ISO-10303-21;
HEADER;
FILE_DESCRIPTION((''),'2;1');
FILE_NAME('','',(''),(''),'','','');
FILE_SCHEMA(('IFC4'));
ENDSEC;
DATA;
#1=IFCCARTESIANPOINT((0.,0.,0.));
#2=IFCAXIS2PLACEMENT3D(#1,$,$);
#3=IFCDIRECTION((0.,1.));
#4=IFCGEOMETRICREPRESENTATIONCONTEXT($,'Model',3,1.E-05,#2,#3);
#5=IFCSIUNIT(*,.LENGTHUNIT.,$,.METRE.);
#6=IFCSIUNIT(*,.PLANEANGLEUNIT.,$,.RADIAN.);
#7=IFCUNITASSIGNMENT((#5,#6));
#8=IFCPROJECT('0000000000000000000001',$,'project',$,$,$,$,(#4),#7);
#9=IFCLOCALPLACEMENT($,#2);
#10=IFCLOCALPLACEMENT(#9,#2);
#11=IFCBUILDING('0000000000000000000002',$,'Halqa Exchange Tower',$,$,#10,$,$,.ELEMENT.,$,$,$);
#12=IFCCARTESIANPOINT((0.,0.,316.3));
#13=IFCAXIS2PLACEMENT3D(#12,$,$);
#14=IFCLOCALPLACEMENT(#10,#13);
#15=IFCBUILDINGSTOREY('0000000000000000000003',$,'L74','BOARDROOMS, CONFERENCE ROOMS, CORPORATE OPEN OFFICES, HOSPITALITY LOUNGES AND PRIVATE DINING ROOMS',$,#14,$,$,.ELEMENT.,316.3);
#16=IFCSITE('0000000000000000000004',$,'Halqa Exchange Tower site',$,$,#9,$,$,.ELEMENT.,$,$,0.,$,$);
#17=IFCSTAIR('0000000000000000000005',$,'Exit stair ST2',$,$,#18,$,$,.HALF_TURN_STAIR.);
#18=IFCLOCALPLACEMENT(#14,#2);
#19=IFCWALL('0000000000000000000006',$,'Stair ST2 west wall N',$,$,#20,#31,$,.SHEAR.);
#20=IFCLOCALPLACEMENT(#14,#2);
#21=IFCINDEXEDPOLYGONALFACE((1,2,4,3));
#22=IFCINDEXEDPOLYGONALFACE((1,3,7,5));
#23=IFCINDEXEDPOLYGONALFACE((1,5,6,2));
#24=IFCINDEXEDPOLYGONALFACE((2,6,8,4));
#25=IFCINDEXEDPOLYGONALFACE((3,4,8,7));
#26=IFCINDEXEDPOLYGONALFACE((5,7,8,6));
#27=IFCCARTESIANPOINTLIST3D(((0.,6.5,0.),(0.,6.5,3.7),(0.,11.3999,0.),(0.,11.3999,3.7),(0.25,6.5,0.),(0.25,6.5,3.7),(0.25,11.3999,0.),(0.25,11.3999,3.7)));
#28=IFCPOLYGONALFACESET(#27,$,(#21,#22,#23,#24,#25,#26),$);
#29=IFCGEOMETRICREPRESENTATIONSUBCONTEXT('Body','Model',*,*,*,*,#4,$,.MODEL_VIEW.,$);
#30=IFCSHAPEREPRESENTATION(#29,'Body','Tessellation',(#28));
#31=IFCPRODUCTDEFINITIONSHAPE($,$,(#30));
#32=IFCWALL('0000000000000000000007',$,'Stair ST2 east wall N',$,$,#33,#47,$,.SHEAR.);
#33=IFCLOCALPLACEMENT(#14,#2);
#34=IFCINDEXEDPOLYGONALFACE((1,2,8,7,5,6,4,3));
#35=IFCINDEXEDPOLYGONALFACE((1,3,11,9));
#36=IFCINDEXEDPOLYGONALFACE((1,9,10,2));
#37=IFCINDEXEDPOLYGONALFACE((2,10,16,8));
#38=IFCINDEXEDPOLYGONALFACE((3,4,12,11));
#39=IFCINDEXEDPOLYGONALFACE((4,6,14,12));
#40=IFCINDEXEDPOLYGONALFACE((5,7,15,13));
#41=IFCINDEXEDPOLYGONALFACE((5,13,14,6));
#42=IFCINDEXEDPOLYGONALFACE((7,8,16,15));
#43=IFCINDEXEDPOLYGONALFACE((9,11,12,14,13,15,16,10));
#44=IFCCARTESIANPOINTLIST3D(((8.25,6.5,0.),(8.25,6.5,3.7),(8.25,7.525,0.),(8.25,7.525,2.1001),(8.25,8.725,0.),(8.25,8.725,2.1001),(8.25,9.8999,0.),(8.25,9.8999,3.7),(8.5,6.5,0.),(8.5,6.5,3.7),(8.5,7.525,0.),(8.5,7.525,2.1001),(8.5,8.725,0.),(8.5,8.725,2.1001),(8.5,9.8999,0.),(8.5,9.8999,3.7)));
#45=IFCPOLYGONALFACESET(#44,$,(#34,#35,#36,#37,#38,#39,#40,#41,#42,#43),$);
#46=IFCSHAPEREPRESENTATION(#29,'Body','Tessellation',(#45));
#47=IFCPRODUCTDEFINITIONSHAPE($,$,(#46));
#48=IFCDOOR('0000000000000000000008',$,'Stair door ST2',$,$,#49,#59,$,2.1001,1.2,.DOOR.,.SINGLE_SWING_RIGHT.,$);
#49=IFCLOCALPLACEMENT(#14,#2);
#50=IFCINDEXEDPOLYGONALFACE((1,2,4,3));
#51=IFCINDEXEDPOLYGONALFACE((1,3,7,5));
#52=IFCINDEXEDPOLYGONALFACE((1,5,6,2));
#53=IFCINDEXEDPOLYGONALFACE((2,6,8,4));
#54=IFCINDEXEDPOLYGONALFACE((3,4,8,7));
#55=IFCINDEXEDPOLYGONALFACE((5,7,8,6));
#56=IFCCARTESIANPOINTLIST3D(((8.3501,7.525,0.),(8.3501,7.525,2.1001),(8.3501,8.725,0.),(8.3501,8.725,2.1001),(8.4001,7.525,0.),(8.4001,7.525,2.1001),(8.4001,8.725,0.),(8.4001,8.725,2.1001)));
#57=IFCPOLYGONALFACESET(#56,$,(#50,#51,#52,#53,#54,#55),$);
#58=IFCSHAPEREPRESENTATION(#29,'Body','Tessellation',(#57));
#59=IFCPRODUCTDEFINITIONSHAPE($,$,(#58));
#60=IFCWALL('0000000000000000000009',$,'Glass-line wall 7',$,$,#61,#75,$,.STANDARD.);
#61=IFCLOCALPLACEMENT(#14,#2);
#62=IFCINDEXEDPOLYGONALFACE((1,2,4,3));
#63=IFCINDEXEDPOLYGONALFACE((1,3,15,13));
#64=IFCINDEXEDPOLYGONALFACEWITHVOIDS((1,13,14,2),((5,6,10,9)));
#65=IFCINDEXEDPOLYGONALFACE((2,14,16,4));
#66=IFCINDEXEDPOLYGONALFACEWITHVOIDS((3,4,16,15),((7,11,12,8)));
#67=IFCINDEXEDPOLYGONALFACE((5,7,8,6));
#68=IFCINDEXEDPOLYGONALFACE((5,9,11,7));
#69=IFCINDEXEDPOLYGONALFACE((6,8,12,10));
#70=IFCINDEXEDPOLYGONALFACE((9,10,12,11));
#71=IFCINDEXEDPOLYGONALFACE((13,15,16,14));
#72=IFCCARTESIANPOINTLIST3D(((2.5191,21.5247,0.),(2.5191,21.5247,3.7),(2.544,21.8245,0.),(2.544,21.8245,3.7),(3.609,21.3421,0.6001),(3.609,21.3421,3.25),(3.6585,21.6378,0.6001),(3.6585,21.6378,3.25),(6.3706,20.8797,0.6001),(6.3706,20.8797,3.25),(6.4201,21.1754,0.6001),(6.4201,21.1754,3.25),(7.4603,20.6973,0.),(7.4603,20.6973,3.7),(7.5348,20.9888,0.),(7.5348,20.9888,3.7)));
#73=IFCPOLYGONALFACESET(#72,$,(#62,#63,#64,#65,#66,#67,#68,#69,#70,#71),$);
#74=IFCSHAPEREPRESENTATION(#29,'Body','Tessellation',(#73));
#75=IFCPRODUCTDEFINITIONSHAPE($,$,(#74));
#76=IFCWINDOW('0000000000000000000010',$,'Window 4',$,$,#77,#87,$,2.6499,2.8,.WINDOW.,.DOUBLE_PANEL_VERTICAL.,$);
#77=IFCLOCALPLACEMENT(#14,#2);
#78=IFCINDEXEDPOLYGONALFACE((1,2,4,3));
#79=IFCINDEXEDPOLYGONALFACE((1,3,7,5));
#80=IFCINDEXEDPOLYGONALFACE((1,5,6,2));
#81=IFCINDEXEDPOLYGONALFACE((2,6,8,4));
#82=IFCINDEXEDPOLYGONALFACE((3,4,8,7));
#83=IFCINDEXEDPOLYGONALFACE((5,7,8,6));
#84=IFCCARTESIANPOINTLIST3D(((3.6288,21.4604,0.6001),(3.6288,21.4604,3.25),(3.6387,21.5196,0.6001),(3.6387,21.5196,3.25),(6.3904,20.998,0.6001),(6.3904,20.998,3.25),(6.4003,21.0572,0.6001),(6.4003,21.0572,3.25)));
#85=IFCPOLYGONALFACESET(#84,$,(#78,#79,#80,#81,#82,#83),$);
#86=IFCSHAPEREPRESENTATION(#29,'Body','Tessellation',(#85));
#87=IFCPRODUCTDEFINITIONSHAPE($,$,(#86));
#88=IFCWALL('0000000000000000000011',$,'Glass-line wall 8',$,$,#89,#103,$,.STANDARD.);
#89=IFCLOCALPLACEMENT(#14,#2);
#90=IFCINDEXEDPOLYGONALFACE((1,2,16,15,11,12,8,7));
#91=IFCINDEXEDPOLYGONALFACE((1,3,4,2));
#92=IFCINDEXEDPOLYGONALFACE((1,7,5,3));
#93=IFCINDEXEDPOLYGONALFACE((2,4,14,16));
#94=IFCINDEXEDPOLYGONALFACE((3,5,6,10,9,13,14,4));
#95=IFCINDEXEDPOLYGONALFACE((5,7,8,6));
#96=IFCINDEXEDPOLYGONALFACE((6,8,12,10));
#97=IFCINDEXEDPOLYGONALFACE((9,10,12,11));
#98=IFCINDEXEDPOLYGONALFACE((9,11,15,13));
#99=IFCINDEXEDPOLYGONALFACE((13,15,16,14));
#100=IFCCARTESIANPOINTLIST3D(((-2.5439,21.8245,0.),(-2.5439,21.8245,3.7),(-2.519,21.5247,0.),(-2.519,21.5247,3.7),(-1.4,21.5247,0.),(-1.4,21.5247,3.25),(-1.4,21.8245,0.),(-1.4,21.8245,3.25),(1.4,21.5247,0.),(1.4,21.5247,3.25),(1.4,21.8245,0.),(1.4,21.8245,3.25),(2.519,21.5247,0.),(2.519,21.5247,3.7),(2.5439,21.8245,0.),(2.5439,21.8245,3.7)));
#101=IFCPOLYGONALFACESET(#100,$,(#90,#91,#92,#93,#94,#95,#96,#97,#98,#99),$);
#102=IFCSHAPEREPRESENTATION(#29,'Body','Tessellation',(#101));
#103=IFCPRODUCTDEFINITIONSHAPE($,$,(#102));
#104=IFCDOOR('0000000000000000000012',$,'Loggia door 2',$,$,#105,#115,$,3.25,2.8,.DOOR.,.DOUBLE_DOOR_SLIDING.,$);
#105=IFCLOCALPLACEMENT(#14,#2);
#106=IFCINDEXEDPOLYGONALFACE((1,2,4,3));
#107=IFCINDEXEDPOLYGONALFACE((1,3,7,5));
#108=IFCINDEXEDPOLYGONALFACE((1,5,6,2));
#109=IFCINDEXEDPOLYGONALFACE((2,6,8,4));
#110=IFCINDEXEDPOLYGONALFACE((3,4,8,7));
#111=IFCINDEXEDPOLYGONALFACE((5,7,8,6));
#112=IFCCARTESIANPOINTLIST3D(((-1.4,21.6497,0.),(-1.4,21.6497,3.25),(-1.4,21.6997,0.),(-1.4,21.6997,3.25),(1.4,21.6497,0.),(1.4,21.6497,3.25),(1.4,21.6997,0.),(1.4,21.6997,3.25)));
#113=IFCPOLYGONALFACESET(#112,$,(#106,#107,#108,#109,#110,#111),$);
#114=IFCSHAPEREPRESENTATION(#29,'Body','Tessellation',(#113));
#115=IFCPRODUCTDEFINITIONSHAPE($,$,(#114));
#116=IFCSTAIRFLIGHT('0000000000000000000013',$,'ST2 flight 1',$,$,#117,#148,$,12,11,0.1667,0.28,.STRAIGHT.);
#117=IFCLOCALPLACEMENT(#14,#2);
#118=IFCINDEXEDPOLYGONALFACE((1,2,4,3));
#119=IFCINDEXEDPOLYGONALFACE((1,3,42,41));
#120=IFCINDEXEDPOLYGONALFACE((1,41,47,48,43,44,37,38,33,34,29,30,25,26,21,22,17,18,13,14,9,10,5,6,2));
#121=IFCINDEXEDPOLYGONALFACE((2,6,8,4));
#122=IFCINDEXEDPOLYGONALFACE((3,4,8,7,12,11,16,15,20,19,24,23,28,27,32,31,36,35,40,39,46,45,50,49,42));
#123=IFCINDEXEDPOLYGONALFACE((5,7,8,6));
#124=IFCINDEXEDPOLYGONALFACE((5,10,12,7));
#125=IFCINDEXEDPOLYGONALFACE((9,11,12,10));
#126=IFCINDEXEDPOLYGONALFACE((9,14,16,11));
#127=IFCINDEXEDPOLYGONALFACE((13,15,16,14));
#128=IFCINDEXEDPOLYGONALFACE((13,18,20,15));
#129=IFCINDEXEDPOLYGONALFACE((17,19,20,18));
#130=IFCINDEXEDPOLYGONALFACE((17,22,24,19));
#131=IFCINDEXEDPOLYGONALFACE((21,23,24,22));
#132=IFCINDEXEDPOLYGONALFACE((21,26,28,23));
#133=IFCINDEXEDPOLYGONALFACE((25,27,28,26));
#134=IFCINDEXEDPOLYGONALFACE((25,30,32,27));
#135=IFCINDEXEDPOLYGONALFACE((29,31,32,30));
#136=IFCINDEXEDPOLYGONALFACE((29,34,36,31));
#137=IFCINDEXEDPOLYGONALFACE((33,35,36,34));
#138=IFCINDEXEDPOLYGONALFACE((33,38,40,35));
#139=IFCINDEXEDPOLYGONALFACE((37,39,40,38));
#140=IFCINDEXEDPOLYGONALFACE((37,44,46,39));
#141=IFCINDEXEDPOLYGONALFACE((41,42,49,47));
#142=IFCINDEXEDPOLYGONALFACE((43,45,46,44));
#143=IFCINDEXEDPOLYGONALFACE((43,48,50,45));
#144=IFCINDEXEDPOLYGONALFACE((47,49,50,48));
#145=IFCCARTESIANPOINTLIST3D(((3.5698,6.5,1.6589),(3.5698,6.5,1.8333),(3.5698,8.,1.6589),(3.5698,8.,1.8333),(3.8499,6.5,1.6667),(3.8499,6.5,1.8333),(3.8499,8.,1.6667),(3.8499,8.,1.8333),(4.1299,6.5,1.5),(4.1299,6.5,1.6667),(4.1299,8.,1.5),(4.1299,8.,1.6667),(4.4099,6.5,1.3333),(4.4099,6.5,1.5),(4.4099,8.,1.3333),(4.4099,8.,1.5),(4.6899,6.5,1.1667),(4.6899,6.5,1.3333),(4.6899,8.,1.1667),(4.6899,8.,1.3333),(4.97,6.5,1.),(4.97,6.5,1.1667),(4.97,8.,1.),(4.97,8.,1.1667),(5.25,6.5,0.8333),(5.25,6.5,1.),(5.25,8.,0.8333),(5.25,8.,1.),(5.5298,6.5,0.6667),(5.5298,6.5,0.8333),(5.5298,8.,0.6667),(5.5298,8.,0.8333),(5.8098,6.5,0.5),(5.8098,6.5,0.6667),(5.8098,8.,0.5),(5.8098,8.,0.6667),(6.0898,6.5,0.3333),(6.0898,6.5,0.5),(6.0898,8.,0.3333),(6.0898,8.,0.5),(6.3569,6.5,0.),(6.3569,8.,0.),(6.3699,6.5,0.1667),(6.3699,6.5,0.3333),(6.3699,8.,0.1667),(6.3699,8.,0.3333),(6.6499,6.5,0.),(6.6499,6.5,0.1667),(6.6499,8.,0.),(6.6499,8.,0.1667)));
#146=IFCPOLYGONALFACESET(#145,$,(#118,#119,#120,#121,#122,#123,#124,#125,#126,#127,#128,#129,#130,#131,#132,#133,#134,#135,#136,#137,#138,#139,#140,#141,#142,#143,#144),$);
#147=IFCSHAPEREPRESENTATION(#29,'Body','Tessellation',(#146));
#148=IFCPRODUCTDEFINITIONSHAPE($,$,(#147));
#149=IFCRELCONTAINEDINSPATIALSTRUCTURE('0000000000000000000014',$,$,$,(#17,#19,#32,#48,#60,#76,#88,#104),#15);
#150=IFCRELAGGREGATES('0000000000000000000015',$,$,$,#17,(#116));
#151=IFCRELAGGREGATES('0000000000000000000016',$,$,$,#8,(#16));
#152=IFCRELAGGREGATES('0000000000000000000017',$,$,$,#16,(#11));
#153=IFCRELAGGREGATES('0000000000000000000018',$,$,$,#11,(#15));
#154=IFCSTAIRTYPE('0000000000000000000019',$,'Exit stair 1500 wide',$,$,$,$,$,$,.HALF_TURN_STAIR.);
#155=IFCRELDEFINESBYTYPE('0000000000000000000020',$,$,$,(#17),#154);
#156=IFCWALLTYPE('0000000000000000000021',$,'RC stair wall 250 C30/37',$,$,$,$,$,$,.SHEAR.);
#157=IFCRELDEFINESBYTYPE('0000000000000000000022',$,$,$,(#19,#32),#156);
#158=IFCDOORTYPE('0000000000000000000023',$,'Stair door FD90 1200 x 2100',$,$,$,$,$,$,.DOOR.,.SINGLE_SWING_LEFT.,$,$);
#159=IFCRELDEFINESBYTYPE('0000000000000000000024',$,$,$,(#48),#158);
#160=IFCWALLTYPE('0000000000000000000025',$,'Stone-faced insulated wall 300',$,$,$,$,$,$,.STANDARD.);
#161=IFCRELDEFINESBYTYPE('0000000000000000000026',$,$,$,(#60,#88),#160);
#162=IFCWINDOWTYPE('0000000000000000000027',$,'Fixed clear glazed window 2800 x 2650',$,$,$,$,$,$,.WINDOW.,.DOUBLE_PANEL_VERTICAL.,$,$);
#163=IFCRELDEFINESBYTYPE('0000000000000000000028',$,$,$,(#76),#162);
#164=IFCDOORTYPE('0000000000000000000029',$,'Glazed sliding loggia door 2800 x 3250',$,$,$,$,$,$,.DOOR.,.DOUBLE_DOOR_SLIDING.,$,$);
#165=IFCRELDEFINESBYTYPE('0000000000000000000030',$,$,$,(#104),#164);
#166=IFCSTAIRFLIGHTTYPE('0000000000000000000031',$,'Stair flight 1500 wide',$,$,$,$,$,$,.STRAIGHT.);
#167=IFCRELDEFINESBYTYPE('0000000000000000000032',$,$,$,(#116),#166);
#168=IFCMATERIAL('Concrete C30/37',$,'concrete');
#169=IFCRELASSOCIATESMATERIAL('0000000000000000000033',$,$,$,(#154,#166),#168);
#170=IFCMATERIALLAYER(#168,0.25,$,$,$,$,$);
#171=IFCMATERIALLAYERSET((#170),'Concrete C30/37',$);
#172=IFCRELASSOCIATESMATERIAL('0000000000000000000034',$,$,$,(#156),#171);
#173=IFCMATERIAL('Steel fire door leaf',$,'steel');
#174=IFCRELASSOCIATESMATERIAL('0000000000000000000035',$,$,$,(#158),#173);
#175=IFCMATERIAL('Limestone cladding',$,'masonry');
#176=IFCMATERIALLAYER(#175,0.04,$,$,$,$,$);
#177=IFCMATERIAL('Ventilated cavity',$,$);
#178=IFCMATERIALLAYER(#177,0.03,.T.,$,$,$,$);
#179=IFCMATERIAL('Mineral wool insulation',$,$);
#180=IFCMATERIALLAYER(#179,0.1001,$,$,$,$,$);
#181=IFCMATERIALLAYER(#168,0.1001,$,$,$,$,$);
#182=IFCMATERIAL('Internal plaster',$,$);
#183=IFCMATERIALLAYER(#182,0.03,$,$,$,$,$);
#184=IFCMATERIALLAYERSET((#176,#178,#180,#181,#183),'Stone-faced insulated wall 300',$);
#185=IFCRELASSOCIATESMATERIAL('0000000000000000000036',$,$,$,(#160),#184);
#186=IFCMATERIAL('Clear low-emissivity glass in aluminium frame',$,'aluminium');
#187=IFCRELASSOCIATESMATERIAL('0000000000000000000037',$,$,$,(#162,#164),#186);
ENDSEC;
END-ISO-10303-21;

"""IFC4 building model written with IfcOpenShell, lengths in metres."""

from ifc_helpers import new_model, si_unit, direction, frame, frame_2d, origin, place, context, subcontext, project, spatial, polyline, rectangle, outline, extrude, material, layer, layer_set, type_object, element, fill, aggregate, save


model = new_model("IFC4")

# Units and contexts
model_context = context("Model", 3, precision=1e-05, world=origin(), true_north=direction((0.0, 1.0)))
body_context = subcontext(model_context, "Body", "Model", "MODEL_VIEW")
ifc_project = project(units=[si_unit("LENGTHUNIT", "METRE"), si_unit("PLANEANGLEUNIT", "RADIAN")], contexts=[model_context])

# Site, building, storey
site_placement = place(None, origin())
site = spatial("IfcSite", under=ifc_project, at=site_placement, Name="Halqa Exchange Tower site", CompositionType="ELEMENT", RefElevation=0.0)
building_placement = place(site_placement, origin())
building = spatial("IfcBuilding", under=site, at=building_placement, Name="Halqa Exchange Tower", CompositionType="ELEMENT")
storey_placement = place(building_placement, frame((0.0, 0.0, 316.3)))
storey = spatial("IfcBuildingStorey", under=building, at=storey_placement, Name="L74", Description="BOARDROOMS, CONFERENCE ROOMS, CORPORATE OPEN OFFICES, HOSPITALITY LOUNGES AND PRIVATE DINING ROOMS", CompositionType="ELEMENT", Elevation=316.3)

# Stair
ifc_material_1 = material(Name="Concrete C30/37", Category="concrete")
stair_type = type_object("IfcStairType", Name="Exit stair 1500 wide", PredefinedType="HALF_TURN_STAIR", material=ifc_material_1)
stair_1_placement = place(storey_placement, origin())
stair_1 = element("IfcStair", 1, at=stair_1_placement, inside=storey, type_object=stair_type, Name="Exit stair ST2", PredefinedType="HALF_TURN_STAIR")

# Wall
ifc_layer_1 = layer(ifc_material_1, 0.25)
ifc_layer_set_1 = layer_set([ifc_layer_1], Name="Concrete C30/37")
wall_type_1 = type_object("IfcWallType", Name="RC stair wall 250 C30/37", PredefinedType="SHEAR", material=ifc_layer_set_1)
wall_1_placement = place(storey_placement, frame((0.125, 6.5, 0.0), z_axis=(0.0, 0.0, 1.0), x_axis=(0.0, 1.0, 0.0)))
element("IfcWall", 2, at=wall_1_placement, inside=storey, type_object=wall_type_1, Name="Stair ST2 west wall N", PredefinedType="SHEAR", context=body_context, shape_type="SweptSolid", body=[
    extrude(rectangle(XDim=4.8999, YDim=0.25, at=frame_2d((2.45, 0.0))), origin(), (0.0, 0.0, 1.0), 3.7),
])

# Wall, opening, door
wall_2_placement = place(storey_placement, frame((8.375, 6.5, 0.0), z_axis=(0.0, 0.0, 1.0), x_axis=(0.0, 1.0, 0.0)))
wall_2 = element("IfcWall", 3, at=wall_2_placement, inside=storey, type_object=wall_type_1, Name="Stair ST2 east wall N", PredefinedType="SHEAR", context=body_context, shape_type="SweptSolid", body=[
    extrude(rectangle(XDim=3.3999, YDim=0.25, at=frame_2d((1.7, 0.0))), origin(), (0.0, 0.0, 1.0), 3.7),
])
opening_1_placement = place(wall_2_placement, frame((1.0249, 0.0, 0.0)))
opening_1 = element("IfcOpeningElement", 4, at=opening_1_placement, cuts=wall_2, PredefinedType="OPENING", context=body_context, shape_type="SweptSolid", body=[
    extrude(rectangle(XDim=1.2, YDim=2.1001, at=frame_2d((0.6001, 1.05))), frame((0.0, 0.137, 0.0), z_axis=(0.0, -1.0, 0.0), x_axis=(1.0, 0.0, 0.0)), (0.0, 0.0, 1.0), 0.2739),
])
ifc_material_2 = material(Name="Steel fire door leaf", Category="steel")
door_type_1 = type_object("IfcDoorType", Name="Stair door FD90 1200 x 2100", OperationType="SINGLE_SWING_LEFT", PredefinedType="DOOR", material=ifc_material_2)
door_1_placement = place(opening_1_placement, origin())
door_1 = element("IfcDoor", 5, at=door_1_placement, inside=storey, type_object=door_type_1, Name="Stair door ST2", OperationType="SINGLE_SWING_RIGHT", OverallHeight=2.1001, OverallWidth=1.2, PredefinedType="DOOR", context=body_context, shape_type="SweptSolid", body=[
    extrude(rectangle(XDim=1.2, YDim=2.1001, at=frame_2d((0.6001, 1.05))), frame((0.0, 0.0249, 0.0), z_axis=(0.0, -1.0, 0.0), x_axis=(1.0, 0.0, 0.0)), (0.0, 0.0, 1.0), 0.05),
])
fill(opening_1, door_1)

# Wall, opening, window
ifc_material_3 = material(Name="Limestone cladding", Category="masonry")
ifc_layer_2 = layer(ifc_material_3, 0.04)
ifc_material_4 = material(Name="Ventilated cavity")
ifc_layer_3 = layer(ifc_material_4, 0.03, ventilated=True)
ifc_material_5 = material(Name="Mineral wool insulation")
ifc_layer_4 = layer(ifc_material_5, 0.1001)
ifc_layer_5 = layer(ifc_material_1, 0.1001)
ifc_material_6 = material(Name="Internal plaster")
ifc_layer_6 = layer(ifc_material_6, 0.03)
ifc_layer_set_2 = layer_set([ifc_layer_2, ifc_layer_3, ifc_layer_4, ifc_layer_5, ifc_layer_6], Name="Stone-faced insulated wall 300")
wall_type_2 = type_object("IfcWallType", Name="Stone-faced insulated wall 300", PredefinedType="STANDARD", material=ifc_layer_set_2)
wall_3_placement = place(storey_placement, frame((7.4976, 20.843, 0.0), z_axis=(0.0, 0.0, 1.0), x_axis=(-0.986269, 0.165146, 0.0)))
wall_3 = element("IfcWall", 6, at=wall_3_placement, inside=storey, type_object=wall_type_2, Name="Glass-line wall 7", PredefinedType="STANDARD", context=body_context, shape_type="SweptSolid", body=[
    extrude(outline(polyline([(-0.0127, -0.1499), (5.0476, -0.1499), (5.0227, 0.1499), (0.0127, 0.1499), (-0.0127, -0.1499)])), origin(), (0.0, 0.0, 1.0), 3.7),
])
opening_2_placement = place(wall_3_placement, frame((1.1177, 0.0, 0.6001)))
opening_2 = element("IfcOpeningElement", 7, at=opening_2_placement, cuts=wall_3, PredefinedType="OPENING", context=body_context, shape_type="SweptSolid", body=[
    extrude(rectangle(XDim=2.8, YDim=2.6499, at=frame_2d((1.3999, 1.325))), frame((0.0, 0.1621, 0.0), z_axis=(0.0, -1.0, 0.0), x_axis=(1.0, 0.0, 0.0)), (0.0, 0.0, 1.0), 0.324),
])
ifc_material_7 = material(Name="Clear low-emissivity glass in aluminium frame", Category="aluminium")
window_type = type_object("IfcWindowType", Name="Fixed clear glazed window 2800 x 2650", PartitioningType="DOUBLE_PANEL_VERTICAL", PredefinedType="WINDOW", material=ifc_material_7)
window_placement = place(opening_2_placement, origin())
window = element("IfcWindow", 8, at=window_placement, inside=storey, type_object=window_type, Name="Window 4", OverallHeight=2.6499, OverallWidth=2.8, PartitioningType="DOUBLE_PANEL_VERTICAL", PredefinedType="WINDOW", context=body_context, shape_type="SweptSolid", body=[
    extrude(rectangle(XDim=2.8, YDim=2.6499, at=frame_2d((1.3999, 1.325))), frame((0.0, 0.03, 0.0), z_axis=(0.0, -1.0, 0.0), x_axis=(1.0, 0.0, 0.0)), (0.0, 0.0, 1.0), 0.0601),
])
fill(opening_2, window)

# Wall, opening, door
wall_4_placement = place(storey_placement, frame((2.5315, 21.6746, 0.0), z_axis=(0.0, 0.0, 1.0), x_axis=(-1.0, 0.0, 0.0)))
wall_4 = element("IfcWall", 9, at=wall_4_placement, inside=storey, type_object=wall_type_2, Name="Glass-line wall 8", PredefinedType="STANDARD", context=body_context, shape_type="SweptSolid", body=[
    extrude(outline(polyline([(-0.0125, -0.1499), (5.0754, -0.1499), (5.0505, 0.1499), (0.0125, 0.1499), (-0.0125, -0.1499)])), origin(), (0.0, 0.0, 1.0), 3.7),
])
opening_3_placement = place(wall_4_placement, frame((1.1316, 0.0, 0.0)))
opening_3 = element("IfcOpeningElement", 10, at=opening_3_placement, cuts=wall_4, PredefinedType="OPENING", context=body_context, shape_type="SweptSolid", body=[
    extrude(rectangle(XDim=2.8, YDim=3.25, at=frame_2d((1.3999, 1.625))), frame((0.0, 0.1621, 0.0), z_axis=(0.0, -1.0, 0.0), x_axis=(1.0, 0.0, 0.0)), (0.0, 0.0, 1.0), 0.324),
])
door_type_2 = type_object("IfcDoorType", Name="Glazed sliding loggia door 2800 x 3250", OperationType="DOUBLE_DOOR_SLIDING", PredefinedType="DOOR", material=ifc_material_7)
door_2_placement = place(opening_3_placement, origin())
door_2 = element("IfcDoor", 11, at=door_2_placement, inside=storey, type_object=door_type_2, Name="Loggia door 2", OperationType="DOUBLE_DOOR_SLIDING", OverallHeight=3.25, OverallWidth=2.8, PredefinedType="DOOR", context=body_context, shape_type="SweptSolid", body=[
    extrude(rectangle(XDim=2.8, YDim=3.25, at=frame_2d((1.3999, 1.625))), frame((0.0, 0.0249, 0.0), z_axis=(0.0, -1.0, 0.0), x_axis=(1.0, 0.0, 0.0)), (0.0, 0.0, 1.0), 0.05),
])
fill(opening_3, door_2)

# Stair flight
stair_flight_type = type_object("IfcStairFlightType", Name="Stair flight 1500 wide", PredefinedType="STRAIGHT", material=ifc_material_1)
stair_flight_1_placement = place(storey_placement, frame((6.6499, 7.25, 0.0), z_axis=(0.0, 0.0, 1.0), x_axis=(-1.0, 0.0, 0.0)))
stair_flight_1 = element("IfcStairFlight", 12, at=stair_flight_1_placement, type_object=stair_flight_type, Name="ST2 flight 1", NumberOfRisers=12, NumberOfTreads=11, PredefinedType="STRAIGHT", RiserHeight=0.1667, TreadLength=0.28, context=body_context, shape_type="SweptSolid", body=[
    extrude(outline(polyline([(0.0, 0.0), (0.0, 0.1667), (0.28, 0.1667), (0.28, 0.3333), (0.5601, 0.3333), (0.5601, 0.5), (0.8401, 0.5), (0.8401, 0.6667), (1.1201, 0.6667), (1.1201, 0.8333), (1.3999, 0.8333), (1.3999, 1.0), (1.6799, 1.0), (1.6799, 1.1667), (1.96, 1.1667), (1.96, 1.3333), (2.24, 1.3333), (2.24, 1.5), (2.52, 1.5), (2.52, 1.6667), (2.8, 1.6667), (2.8, 1.8333), (3.0801, 1.8333), (3.0801, 2.0), (3.0801, 1.6589), (0.293, 0.0), (0.0, 0.0)])), frame((0.0, 0.75, 0.0), z_axis=(0.0, -1.0, 0.0), x_axis=(1.0, 0.0, 0.0)), (0.0, 0.0, 1.0), 1.5),
])
aggregate(stair_1, [stair_flight_1])

save(model, "model.ifc")
